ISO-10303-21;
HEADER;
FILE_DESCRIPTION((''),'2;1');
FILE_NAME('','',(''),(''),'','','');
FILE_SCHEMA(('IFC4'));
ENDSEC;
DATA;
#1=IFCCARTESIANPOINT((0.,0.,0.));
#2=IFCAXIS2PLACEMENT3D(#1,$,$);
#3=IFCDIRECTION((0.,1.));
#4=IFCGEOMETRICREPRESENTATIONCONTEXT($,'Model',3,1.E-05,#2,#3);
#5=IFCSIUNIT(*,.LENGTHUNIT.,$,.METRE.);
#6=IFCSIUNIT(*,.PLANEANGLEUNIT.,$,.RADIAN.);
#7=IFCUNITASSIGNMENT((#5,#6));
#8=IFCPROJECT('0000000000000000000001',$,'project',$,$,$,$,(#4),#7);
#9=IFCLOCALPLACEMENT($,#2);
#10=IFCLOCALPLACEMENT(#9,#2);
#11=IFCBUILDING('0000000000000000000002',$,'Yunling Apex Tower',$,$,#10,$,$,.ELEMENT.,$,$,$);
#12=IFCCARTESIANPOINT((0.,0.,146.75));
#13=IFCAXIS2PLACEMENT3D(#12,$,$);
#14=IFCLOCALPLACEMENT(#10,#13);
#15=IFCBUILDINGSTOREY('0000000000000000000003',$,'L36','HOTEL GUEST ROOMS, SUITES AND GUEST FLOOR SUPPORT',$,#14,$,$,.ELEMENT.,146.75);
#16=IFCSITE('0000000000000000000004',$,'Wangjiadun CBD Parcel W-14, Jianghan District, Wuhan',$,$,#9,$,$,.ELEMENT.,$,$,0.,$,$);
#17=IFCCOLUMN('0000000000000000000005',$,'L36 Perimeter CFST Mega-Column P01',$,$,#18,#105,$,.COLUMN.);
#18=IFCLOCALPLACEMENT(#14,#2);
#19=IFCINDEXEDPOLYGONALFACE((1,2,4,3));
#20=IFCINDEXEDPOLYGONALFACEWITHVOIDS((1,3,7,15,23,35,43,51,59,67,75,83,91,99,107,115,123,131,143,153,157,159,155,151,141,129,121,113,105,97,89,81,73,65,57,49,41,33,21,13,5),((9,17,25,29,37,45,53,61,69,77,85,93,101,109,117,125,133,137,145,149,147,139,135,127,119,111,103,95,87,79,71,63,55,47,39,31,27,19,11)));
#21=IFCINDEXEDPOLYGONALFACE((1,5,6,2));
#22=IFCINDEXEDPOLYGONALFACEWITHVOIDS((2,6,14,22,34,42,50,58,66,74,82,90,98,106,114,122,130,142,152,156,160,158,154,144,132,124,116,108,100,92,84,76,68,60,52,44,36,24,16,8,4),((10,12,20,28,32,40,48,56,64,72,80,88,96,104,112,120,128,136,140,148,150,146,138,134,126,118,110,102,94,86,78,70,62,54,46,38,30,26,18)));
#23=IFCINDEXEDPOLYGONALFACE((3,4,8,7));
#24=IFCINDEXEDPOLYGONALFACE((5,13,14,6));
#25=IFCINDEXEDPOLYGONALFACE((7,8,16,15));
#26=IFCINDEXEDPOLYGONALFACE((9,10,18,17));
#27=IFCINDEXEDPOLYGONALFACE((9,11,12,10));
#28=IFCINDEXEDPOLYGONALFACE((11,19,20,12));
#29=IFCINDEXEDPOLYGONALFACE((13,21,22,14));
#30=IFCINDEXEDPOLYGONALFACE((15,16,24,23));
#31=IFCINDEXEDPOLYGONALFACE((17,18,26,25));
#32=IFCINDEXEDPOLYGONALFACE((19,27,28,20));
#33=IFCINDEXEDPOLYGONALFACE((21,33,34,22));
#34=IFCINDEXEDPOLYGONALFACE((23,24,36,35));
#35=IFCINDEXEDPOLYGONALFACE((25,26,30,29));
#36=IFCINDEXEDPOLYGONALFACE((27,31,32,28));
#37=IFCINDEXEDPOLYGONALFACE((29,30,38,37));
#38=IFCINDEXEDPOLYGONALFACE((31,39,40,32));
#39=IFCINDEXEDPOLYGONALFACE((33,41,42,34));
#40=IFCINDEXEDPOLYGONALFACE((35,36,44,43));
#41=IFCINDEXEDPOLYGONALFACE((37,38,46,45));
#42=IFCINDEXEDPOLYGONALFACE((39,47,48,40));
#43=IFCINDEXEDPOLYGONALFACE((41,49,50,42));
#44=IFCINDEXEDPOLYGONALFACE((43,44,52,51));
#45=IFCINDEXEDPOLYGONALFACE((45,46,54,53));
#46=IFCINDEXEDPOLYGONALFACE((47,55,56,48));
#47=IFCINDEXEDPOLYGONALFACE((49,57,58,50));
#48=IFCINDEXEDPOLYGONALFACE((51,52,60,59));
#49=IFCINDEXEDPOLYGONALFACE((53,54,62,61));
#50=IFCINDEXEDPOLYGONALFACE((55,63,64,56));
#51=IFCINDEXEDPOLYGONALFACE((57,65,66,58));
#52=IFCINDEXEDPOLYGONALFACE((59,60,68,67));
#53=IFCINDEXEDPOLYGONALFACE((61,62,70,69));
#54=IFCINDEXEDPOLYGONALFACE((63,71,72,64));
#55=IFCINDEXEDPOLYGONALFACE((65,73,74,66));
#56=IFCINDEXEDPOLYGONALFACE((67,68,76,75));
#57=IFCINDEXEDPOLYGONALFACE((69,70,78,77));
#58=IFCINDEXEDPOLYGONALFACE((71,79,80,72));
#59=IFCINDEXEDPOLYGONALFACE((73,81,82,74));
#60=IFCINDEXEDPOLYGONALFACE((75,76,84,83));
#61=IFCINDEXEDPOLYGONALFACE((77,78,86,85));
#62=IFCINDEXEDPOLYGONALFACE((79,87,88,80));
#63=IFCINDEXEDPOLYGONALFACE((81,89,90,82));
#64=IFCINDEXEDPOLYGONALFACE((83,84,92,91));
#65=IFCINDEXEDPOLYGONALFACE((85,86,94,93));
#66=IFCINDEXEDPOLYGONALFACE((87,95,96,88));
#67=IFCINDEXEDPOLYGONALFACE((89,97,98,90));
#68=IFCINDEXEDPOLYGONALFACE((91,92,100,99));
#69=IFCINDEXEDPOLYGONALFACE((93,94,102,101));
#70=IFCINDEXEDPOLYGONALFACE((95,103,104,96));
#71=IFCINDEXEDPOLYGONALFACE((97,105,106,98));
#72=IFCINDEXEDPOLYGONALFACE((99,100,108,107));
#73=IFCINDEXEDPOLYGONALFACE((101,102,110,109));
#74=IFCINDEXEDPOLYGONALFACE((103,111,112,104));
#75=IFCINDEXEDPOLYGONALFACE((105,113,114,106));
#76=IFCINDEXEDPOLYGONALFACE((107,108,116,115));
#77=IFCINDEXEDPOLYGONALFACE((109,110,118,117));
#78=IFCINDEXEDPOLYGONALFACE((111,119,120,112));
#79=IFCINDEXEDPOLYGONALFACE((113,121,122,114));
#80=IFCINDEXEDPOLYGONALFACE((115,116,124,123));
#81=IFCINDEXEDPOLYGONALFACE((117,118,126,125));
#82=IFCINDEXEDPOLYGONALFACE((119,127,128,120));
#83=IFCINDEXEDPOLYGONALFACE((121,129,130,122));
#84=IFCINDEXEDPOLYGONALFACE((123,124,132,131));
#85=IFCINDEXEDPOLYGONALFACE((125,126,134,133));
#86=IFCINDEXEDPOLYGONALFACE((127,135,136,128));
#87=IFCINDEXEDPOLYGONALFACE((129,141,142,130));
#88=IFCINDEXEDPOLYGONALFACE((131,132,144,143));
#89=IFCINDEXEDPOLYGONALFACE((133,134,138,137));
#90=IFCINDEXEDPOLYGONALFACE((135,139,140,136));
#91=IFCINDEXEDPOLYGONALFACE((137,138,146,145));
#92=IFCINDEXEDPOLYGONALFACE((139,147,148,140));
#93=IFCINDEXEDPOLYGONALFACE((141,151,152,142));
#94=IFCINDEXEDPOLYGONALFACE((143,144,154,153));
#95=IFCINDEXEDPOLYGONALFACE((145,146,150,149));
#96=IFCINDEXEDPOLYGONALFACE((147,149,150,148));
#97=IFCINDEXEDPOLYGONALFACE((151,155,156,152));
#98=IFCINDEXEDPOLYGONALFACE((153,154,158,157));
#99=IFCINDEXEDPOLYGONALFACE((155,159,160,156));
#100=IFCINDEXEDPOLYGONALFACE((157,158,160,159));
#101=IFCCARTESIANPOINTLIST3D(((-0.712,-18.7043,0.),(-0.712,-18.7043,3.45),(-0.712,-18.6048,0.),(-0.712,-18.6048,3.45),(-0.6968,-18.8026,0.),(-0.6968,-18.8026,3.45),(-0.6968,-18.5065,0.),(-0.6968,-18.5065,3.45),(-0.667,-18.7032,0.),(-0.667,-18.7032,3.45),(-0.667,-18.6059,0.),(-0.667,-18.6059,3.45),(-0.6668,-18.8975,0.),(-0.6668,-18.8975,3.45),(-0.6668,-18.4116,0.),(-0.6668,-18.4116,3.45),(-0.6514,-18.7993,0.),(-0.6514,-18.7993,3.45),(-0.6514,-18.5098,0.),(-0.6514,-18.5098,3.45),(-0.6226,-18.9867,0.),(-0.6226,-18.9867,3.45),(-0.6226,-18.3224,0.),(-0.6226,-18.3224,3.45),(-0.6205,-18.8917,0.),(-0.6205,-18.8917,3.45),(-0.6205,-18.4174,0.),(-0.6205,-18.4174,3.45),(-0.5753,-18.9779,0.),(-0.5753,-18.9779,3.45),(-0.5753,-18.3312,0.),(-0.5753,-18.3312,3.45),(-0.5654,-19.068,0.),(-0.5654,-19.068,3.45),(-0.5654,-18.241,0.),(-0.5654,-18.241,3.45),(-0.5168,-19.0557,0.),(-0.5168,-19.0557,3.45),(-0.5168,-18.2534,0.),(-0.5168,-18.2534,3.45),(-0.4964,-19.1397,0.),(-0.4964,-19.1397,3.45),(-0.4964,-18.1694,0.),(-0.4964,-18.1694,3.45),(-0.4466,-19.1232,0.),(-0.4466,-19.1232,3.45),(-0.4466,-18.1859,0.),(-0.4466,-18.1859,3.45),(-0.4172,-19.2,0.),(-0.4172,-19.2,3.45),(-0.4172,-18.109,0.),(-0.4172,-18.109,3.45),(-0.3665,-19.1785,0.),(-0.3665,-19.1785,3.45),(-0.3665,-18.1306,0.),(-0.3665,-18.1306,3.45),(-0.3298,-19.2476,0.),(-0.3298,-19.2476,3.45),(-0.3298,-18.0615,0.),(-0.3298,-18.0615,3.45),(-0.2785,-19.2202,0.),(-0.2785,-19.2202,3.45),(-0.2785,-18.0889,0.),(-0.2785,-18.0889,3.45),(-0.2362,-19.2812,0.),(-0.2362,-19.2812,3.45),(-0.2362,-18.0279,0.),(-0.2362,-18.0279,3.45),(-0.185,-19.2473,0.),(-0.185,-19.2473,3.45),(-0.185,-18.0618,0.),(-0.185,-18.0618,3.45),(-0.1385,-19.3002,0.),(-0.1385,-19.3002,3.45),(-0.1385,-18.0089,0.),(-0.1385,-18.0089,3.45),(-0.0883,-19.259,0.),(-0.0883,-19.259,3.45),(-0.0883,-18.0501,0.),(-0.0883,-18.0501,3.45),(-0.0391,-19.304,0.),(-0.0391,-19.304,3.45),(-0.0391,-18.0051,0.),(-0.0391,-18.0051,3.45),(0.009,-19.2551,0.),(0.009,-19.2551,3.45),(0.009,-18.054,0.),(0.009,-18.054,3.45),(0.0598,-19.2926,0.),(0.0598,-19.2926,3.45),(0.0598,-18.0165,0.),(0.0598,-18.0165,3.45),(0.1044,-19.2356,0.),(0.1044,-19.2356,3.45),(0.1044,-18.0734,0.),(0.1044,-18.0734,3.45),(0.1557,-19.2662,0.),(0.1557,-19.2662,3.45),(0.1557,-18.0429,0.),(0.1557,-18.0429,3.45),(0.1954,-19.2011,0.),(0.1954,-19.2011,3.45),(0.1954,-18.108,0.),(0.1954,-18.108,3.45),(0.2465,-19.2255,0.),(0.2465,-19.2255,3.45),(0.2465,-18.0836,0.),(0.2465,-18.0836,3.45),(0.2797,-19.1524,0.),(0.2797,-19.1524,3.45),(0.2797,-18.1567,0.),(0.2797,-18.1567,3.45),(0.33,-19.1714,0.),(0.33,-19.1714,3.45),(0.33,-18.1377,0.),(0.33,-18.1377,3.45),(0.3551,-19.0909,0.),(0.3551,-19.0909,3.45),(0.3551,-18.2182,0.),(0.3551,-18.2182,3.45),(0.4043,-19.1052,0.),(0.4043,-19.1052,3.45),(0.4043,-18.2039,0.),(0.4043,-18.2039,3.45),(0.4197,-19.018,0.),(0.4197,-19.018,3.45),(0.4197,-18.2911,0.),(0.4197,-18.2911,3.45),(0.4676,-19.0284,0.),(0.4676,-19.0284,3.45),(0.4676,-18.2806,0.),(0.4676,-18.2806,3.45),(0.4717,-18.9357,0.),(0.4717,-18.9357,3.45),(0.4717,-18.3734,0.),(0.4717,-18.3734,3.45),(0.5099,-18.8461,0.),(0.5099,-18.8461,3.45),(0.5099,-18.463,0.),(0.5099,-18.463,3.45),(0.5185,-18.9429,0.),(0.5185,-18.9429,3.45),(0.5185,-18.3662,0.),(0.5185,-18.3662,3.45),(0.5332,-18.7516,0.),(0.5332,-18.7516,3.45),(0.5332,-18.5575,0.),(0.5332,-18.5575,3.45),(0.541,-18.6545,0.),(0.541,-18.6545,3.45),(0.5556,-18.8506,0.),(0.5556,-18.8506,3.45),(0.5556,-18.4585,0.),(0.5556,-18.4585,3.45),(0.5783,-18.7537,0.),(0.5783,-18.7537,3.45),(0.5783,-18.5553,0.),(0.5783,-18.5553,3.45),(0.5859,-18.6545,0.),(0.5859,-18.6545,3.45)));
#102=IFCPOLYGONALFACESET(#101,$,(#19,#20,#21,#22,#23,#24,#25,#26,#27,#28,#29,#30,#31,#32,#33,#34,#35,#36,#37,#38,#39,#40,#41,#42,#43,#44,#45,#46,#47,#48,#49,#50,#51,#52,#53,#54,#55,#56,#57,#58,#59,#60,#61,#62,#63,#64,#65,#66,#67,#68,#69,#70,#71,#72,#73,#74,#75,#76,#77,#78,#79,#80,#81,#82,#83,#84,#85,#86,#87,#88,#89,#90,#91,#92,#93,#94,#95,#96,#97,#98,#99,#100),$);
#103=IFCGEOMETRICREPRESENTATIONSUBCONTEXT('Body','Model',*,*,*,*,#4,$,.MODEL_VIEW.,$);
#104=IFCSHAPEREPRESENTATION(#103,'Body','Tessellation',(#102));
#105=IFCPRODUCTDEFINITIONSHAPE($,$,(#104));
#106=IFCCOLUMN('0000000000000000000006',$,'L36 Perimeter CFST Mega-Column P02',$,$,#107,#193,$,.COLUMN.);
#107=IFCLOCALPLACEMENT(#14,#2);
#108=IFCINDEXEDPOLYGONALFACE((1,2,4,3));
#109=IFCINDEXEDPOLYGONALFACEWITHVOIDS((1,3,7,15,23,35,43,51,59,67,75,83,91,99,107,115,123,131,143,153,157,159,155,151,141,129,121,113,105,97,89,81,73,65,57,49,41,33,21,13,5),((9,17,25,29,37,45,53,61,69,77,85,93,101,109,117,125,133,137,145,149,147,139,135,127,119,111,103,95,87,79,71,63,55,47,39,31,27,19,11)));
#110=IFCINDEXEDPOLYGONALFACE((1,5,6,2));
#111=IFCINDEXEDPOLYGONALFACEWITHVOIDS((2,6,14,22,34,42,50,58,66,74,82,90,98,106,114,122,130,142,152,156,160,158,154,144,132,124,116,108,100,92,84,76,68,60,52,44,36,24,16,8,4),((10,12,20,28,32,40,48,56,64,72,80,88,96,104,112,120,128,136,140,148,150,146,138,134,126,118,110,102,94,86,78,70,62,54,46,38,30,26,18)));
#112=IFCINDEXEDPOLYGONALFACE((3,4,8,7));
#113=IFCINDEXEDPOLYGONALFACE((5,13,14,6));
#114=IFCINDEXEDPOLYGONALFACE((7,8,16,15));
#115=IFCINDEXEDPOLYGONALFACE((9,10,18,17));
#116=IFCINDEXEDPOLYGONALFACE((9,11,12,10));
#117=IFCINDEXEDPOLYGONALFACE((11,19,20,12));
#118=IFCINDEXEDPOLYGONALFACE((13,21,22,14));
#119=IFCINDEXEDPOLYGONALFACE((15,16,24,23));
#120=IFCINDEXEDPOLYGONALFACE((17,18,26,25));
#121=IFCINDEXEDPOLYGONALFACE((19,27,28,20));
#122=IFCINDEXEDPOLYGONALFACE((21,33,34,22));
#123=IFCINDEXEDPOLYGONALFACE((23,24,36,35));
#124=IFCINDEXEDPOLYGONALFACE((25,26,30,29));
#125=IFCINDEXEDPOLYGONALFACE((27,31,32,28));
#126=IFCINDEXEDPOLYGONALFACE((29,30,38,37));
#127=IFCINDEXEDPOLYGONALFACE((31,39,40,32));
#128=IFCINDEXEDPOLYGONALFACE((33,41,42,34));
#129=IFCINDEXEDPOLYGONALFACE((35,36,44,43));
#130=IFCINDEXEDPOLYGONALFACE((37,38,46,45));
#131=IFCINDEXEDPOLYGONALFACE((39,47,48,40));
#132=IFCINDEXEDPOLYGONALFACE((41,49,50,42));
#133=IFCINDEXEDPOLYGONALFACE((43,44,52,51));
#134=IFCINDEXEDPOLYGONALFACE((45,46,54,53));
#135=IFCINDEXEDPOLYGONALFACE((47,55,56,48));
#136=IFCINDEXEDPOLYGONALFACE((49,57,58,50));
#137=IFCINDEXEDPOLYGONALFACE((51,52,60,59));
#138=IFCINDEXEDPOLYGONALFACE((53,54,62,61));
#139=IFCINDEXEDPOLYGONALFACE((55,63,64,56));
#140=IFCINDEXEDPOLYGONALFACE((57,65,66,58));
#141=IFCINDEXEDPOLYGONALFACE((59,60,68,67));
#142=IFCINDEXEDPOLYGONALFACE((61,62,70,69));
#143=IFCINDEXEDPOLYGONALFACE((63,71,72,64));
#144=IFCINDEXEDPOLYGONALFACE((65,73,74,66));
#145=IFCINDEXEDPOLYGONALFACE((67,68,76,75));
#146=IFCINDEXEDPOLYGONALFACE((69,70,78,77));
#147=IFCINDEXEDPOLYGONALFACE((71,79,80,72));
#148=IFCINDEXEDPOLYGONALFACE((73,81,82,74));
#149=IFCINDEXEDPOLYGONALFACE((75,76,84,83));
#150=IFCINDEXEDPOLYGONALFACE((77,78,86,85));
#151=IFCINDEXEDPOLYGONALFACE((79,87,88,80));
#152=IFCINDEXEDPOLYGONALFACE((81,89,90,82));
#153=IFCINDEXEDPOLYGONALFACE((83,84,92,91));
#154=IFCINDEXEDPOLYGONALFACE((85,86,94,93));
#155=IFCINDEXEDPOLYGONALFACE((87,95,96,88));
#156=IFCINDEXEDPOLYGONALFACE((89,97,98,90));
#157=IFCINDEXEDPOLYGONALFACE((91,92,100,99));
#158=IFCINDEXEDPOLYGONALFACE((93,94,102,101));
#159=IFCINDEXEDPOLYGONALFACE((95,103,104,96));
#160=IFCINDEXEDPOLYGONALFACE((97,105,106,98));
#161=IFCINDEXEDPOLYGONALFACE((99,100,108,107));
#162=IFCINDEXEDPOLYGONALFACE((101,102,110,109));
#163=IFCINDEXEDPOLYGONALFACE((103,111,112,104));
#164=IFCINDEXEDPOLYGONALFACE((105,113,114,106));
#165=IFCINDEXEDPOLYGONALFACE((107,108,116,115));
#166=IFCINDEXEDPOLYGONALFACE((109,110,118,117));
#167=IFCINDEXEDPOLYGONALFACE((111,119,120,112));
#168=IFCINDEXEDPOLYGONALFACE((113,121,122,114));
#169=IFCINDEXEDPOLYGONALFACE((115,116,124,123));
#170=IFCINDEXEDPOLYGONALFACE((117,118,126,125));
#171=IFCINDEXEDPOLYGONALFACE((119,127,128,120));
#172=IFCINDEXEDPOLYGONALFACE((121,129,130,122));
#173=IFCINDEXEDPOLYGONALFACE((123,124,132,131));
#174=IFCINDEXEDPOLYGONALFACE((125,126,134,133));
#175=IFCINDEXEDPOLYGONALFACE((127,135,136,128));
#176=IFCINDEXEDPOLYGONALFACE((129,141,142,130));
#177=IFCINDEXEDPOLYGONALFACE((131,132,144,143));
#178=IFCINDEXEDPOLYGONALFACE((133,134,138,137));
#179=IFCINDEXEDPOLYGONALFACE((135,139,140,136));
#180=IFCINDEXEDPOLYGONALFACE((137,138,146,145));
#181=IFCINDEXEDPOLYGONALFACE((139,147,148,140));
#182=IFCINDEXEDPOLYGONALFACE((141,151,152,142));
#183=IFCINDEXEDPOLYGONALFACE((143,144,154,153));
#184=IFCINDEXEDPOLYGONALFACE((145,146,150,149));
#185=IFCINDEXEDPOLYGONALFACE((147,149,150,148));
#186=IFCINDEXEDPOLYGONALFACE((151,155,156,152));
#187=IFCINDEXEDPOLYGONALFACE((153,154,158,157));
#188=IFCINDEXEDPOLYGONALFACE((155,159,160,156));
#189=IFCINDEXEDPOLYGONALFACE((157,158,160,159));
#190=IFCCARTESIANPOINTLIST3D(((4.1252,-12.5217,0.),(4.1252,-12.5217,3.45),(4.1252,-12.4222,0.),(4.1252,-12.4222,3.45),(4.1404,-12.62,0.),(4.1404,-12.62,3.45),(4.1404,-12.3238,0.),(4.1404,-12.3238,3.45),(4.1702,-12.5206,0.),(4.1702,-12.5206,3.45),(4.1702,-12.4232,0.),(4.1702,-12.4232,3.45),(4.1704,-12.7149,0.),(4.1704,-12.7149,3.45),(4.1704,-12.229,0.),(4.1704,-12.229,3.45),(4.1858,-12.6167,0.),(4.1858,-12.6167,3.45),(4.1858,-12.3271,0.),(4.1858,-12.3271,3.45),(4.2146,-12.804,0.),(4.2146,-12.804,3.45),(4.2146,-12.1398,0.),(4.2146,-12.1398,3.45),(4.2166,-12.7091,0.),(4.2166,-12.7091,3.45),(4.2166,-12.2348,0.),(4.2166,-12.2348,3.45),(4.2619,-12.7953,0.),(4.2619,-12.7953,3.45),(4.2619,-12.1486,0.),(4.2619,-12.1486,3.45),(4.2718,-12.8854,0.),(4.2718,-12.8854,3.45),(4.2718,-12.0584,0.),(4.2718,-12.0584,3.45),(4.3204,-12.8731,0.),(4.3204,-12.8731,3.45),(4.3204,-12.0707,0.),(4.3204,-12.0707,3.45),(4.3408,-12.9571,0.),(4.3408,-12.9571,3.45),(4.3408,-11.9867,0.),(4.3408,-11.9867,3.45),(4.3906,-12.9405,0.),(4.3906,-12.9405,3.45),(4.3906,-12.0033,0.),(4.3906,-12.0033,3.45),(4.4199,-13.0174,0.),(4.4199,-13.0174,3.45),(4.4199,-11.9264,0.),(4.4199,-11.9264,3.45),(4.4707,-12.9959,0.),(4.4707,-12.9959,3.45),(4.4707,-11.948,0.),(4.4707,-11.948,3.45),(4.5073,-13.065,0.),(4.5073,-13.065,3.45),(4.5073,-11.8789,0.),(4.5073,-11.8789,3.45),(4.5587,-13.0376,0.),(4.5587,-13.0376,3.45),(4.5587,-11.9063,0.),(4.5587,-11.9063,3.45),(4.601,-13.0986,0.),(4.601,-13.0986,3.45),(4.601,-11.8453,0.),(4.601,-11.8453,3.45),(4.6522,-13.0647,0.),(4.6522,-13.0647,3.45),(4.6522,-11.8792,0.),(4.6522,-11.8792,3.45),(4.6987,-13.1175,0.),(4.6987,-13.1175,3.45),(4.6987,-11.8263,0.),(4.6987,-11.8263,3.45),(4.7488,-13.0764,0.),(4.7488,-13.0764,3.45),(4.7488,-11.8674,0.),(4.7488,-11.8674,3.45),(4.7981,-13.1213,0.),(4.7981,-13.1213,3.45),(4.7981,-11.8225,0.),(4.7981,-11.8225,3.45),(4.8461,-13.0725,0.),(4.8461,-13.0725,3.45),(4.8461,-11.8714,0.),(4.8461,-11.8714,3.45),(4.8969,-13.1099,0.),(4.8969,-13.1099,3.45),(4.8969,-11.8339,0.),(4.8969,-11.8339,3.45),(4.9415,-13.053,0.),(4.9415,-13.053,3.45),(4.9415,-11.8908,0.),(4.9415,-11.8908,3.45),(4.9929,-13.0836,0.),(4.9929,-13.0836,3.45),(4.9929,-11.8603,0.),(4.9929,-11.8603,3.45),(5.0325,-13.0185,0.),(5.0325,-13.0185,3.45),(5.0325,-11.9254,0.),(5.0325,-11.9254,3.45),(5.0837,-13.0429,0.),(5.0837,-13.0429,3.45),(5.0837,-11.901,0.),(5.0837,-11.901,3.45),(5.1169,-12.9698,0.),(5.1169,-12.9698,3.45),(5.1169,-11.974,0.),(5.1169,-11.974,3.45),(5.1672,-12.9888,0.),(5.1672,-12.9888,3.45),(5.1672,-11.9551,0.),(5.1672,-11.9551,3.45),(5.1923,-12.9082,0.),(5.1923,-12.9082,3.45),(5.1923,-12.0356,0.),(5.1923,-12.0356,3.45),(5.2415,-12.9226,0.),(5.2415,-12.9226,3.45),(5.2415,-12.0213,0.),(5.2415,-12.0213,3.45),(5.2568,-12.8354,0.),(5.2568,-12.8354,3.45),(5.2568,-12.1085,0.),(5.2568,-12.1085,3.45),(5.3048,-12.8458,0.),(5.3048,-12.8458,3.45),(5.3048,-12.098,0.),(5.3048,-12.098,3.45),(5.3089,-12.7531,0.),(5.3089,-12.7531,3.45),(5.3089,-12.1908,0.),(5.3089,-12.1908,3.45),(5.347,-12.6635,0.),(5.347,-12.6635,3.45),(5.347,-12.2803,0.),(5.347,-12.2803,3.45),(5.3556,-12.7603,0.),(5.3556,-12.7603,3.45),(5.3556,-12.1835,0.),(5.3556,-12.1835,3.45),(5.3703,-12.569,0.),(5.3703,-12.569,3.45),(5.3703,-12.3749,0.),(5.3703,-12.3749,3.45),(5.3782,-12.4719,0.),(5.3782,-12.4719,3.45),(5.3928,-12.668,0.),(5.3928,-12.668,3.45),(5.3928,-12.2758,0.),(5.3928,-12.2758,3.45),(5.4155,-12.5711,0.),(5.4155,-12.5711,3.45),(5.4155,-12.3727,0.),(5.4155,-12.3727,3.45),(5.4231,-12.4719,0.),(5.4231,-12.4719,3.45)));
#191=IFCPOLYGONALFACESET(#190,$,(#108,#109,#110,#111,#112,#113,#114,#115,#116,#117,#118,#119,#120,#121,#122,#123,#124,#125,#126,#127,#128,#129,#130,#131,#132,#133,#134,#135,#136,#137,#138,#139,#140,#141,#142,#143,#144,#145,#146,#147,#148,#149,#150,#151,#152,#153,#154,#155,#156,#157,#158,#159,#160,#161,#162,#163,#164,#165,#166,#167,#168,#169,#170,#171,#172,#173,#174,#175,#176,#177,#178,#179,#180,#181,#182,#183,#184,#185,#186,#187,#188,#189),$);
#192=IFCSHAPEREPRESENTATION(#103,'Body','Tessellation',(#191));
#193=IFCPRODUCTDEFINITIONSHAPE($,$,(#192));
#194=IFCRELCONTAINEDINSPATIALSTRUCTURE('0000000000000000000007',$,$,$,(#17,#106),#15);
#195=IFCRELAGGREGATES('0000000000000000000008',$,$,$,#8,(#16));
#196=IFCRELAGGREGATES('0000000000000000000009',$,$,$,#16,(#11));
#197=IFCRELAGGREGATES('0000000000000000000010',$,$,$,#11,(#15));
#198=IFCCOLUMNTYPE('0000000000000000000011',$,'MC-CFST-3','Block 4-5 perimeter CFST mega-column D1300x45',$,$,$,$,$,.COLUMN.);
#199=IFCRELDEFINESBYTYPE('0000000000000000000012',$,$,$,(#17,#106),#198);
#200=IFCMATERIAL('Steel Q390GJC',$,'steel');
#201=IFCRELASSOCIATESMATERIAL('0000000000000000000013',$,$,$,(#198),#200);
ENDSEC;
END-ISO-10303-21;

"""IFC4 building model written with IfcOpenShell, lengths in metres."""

from ifc_helpers import new_model, si_unit, direction, frame, origin, origin_2d, place, context, subcontext, project, spatial, hollow_circle, extrude, source, transform, mapped, material, material_profile, profile_set, type_object, element, save


model = new_model("IFC4")

# Units and contexts
model_context = context("Model", 3, precision=1e-05, world=origin(), true_north=direction((0.0, 1.0)))
body_context = subcontext(model_context, "Body", "Model", "MODEL_VIEW")
ifc_project = project(units=[si_unit("LENGTHUNIT", "METRE"), si_unit("PLANEANGLEUNIT", "RADIAN")], contexts=[model_context])

# Site, building, storey
site_placement = place(None, origin())
site = spatial("IfcSite", under=ifc_project, at=site_placement, Name="Wangjiadun CBD Parcel W-14, Jianghan District, Wuhan", CompositionType="ELEMENT", RefElevation=0.0)
building_placement = place(site_placement, origin())
building = spatial("IfcBuilding", under=site, at=building_placement, Name="Yunling Apex Tower", CompositionType="ELEMENT")
storey_placement = place(building_placement, frame((0.0, 0.0, 146.75)))
storey = spatial("IfcBuildingStorey", under=building, at=storey_placement, Name="L36", Description="HOTEL GUEST ROOMS, SUITES AND GUEST FLOOR SUPPORT", CompositionType="ELEMENT", Elevation=146.75)

# Columns
ifc_material_1 = material(Name="Steel Q390GJC", Category="steel")
ifc_material_profile_1 = material_profile(ifc_material_1, hollow_circle(Radius=0.6499, WallThickness=0.0449, at=origin_2d()))
ifc_profile_set_1 = profile_set([ifc_material_profile_1], Name="Steel Q390GJC")
column_type = type_object("IfcColumnType", Name="MC-CFST-3", Description="Block 4-5 perimeter CFST mega-column D1300x45", PredefinedType="COLUMN", material=ifc_profile_set_1)
shared_shape_1 = source(origin(), body_context, "Body", "SweptSolid", [
    extrude(hollow_circle(Radius=0.6499, WallThickness=0.0449, at=origin_2d()), origin(), (0.0, 0.0, 1.0), 3.45),
])
for number, where, z_axis, x_axis, name in (
    (1, (-0.064, -18.6545, 0.0), (0.0, 0.0, 1.0), (1.0, 0.0, 0.0), "L36 Perimeter CFST Mega-Column P01"),
    (2, (4.7732, -12.4719, 0.0), (0.0, 0.0, 1.0), (1.0, 0.0, 0.0), "L36 Perimeter CFST Mega-Column P02"),
):
    element("IfcColumn", number, at=place(storey_placement, frame(where, z_axis=z_axis, x_axis=x_axis)), inside=storey, type_object=column_type, Name=name, PredefinedType="COLUMN", context=body_context, shape_type="MappedRepresentation", body=[
        mapped(shared_shape_1, transform((0.0, 0.0, 0.0), scale=1.0)),
    ])

save(model, "model.ifc")
